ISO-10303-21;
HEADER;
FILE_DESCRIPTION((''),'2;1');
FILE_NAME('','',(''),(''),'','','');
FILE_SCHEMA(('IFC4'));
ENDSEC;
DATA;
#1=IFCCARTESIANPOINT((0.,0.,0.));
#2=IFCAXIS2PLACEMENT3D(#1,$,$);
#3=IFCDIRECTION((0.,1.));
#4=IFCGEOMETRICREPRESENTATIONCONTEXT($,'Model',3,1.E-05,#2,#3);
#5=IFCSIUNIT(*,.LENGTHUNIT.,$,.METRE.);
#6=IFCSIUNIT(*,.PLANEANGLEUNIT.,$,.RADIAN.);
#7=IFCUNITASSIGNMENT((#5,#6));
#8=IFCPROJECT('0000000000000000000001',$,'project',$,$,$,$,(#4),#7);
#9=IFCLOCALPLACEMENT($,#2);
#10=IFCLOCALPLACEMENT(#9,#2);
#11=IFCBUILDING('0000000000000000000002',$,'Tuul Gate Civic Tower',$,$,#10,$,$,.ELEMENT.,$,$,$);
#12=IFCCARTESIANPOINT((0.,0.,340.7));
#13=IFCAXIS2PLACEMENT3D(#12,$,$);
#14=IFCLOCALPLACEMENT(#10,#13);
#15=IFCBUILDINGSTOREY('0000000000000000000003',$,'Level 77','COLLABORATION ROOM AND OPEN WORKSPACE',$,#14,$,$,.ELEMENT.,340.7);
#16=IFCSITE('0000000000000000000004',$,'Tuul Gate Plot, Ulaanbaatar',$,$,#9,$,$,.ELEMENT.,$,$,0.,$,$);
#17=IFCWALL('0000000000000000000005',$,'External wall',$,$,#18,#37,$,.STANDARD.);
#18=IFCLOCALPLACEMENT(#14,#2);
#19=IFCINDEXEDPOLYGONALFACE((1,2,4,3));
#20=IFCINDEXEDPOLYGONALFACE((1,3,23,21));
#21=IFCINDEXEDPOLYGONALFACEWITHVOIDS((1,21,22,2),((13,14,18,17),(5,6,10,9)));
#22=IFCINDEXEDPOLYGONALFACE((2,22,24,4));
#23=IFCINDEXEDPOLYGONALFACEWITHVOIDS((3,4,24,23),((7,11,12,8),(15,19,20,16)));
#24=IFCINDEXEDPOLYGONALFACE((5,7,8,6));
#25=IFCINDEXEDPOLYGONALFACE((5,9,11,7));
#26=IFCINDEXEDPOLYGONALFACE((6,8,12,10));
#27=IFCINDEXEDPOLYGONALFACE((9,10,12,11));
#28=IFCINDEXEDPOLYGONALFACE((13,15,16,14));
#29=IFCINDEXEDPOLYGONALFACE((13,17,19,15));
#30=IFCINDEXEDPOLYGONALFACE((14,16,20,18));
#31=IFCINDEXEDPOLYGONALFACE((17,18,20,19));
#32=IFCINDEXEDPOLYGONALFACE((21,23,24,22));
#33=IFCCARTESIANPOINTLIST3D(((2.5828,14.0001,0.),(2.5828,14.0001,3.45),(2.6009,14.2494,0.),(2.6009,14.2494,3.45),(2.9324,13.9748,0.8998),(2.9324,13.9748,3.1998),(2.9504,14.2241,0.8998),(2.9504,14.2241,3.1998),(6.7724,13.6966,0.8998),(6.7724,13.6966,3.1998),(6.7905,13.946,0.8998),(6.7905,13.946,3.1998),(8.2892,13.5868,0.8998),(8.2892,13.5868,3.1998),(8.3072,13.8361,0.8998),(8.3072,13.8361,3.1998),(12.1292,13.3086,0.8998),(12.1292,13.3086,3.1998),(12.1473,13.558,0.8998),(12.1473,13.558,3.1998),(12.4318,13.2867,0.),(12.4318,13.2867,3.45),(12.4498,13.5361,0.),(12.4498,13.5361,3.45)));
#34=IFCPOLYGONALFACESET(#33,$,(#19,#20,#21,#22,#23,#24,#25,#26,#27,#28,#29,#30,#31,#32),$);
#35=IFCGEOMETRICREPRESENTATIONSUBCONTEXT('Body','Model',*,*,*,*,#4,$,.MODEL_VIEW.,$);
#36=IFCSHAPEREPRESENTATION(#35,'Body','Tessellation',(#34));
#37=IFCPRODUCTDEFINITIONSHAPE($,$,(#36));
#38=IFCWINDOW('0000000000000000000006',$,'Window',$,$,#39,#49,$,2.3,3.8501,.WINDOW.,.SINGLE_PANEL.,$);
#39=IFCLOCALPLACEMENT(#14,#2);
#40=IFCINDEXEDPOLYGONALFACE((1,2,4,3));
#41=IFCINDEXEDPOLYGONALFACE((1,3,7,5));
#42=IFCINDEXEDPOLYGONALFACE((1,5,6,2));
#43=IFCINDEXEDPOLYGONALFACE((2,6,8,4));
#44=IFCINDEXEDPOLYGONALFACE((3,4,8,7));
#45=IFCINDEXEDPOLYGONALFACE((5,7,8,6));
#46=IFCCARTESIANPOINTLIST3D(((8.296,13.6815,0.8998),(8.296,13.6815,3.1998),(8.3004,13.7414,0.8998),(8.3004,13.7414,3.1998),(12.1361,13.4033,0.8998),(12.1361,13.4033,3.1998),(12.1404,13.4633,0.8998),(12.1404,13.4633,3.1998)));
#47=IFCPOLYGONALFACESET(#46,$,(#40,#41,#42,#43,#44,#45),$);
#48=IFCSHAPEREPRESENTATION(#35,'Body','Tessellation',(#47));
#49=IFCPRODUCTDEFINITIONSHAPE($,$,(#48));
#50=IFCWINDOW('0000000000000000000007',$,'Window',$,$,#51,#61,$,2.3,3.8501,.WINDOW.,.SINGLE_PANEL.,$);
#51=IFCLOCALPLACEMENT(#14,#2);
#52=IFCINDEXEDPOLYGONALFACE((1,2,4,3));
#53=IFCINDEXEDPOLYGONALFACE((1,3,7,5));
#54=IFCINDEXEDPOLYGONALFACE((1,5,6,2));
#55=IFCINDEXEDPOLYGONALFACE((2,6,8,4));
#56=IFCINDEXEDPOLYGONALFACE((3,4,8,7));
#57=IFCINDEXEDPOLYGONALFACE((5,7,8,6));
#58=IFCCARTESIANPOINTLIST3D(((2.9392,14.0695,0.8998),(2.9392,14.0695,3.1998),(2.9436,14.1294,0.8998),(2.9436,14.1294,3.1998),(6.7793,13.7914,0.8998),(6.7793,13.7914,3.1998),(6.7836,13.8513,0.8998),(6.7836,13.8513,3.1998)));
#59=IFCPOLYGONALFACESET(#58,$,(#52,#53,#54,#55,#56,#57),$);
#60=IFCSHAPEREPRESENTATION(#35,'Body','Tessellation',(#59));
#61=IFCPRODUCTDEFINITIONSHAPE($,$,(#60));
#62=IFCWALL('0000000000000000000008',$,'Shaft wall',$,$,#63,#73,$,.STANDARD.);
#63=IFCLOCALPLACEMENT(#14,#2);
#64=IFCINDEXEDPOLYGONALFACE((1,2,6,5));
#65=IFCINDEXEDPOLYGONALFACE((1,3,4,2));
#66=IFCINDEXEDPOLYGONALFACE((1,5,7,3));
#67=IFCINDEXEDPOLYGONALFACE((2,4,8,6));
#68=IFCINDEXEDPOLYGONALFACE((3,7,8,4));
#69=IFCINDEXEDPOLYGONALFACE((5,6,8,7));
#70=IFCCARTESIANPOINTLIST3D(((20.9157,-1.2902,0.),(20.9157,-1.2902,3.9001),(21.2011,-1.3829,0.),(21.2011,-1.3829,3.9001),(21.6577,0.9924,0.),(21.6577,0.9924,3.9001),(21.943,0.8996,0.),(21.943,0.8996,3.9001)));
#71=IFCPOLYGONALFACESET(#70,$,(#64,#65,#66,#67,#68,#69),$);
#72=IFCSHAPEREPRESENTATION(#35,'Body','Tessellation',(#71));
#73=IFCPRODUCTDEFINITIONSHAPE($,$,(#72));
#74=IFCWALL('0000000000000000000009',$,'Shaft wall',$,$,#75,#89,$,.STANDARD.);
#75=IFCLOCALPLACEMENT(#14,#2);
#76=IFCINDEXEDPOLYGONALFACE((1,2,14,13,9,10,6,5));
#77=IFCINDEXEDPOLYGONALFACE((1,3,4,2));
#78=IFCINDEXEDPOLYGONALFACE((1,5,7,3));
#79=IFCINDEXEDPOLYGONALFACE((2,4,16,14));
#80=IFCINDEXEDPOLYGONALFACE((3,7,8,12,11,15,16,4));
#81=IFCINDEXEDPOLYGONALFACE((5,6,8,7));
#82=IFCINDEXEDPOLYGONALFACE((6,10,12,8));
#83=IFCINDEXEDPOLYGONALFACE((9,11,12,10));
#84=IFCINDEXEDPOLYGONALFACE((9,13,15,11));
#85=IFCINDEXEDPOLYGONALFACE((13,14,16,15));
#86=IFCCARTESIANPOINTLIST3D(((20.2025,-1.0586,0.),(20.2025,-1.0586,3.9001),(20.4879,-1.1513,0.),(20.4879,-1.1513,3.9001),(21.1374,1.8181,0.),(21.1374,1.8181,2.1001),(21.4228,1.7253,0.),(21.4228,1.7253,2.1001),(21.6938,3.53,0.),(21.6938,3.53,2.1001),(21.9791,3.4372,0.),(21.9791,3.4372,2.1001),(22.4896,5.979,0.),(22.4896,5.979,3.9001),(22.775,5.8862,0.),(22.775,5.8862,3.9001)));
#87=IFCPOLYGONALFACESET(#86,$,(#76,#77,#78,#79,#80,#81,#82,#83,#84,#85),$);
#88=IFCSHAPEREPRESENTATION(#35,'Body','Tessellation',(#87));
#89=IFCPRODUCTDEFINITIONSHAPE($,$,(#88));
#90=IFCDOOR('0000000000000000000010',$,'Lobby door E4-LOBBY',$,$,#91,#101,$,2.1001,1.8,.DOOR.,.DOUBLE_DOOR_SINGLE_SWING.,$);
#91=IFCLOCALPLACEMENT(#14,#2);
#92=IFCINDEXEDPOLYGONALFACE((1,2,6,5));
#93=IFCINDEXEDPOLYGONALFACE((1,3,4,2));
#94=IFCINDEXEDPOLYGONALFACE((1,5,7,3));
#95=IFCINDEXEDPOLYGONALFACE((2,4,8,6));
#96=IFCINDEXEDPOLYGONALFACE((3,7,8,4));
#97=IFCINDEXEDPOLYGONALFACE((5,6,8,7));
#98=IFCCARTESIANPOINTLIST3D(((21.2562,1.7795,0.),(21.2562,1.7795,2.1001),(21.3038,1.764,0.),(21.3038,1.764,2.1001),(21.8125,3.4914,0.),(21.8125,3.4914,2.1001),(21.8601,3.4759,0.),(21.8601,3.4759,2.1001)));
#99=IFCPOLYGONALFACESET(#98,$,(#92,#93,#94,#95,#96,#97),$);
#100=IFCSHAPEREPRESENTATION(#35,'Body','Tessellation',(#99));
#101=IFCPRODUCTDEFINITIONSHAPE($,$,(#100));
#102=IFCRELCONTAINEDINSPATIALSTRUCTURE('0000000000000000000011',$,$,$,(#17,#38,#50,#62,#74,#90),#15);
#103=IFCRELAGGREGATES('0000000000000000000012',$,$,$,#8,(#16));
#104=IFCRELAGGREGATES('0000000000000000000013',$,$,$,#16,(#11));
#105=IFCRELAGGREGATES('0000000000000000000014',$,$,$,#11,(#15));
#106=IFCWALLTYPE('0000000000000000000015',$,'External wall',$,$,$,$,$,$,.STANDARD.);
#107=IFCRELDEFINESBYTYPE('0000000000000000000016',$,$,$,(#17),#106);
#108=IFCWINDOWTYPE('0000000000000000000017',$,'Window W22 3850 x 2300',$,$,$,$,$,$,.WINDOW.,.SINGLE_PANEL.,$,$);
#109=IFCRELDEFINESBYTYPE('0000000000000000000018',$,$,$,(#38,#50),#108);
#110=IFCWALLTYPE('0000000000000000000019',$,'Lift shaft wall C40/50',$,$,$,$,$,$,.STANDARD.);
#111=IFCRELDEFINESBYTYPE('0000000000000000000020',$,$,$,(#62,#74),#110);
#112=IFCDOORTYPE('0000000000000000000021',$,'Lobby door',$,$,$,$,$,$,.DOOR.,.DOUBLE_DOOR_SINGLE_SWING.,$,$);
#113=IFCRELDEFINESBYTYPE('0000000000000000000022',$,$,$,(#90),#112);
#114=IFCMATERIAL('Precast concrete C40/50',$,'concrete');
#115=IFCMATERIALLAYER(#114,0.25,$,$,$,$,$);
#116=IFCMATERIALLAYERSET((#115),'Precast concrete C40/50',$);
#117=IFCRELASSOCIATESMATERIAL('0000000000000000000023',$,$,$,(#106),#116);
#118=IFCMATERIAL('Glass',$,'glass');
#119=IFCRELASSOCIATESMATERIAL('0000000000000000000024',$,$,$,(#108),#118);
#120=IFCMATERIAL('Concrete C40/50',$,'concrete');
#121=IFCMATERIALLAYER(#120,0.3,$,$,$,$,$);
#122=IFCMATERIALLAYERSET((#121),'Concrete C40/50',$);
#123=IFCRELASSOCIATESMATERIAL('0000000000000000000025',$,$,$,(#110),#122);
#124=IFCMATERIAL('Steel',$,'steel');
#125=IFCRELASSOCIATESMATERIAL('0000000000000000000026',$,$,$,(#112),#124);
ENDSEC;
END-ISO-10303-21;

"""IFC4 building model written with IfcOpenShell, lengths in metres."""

from ifc_helpers import new_model, si_unit, direction, frame, frame_2d, origin, place, context, subcontext, project, spatial, rectangle, extrude, material, layer, layer_set, type_object, element, fill, save


model = new_model("IFC4")

# Units and contexts
model_context = context("Model", 3, precision=1e-05, world=origin(), true_north=direction((0.0, 1.0)))
body_context = subcontext(model_context, "Body", "Model", "MODEL_VIEW")
ifc_project = project(units=[si_unit("LENGTHUNIT", "METRE"), si_unit("PLANEANGLEUNIT", "RADIAN")], contexts=[model_context])

# Site, building, storey
site_placement = place(None, origin())
site = spatial("IfcSite", under=ifc_project, at=site_placement, Name="Tuul Gate Plot, Ulaanbaatar", CompositionType="ELEMENT", RefElevation=0.0)
building_placement = place(site_placement, origin())
building = spatial("IfcBuilding", under=site, at=building_placement, Name="Tuul Gate Civic Tower", CompositionType="ELEMENT")
storey_placement = place(building_placement, frame((0.0, 0.0, 340.7)))
storey = spatial("IfcBuildingStorey", under=building, at=storey_placement, Name="Level 77", Description="COLLABORATION ROOM AND OPEN WORKSPACE", CompositionType="ELEMENT", Elevation=340.7)

# Wall, openings, windows
ifc_material_1 = material(Name="Precast concrete C40/50", Category="concrete")
ifc_layer_1 = layer(ifc_material_1, 0.25)
ifc_layer_set_1 = layer_set([ifc_layer_1], Name="Precast concrete C40/50")
wall_type_1 = type_object("IfcWallType", Name="External wall", PredefinedType="STANDARD", material=ifc_layer_set_1)
wall_1_placement = place(storey_placement, frame((12.4409, 13.4114, 0.0), z_axis=(0.0, 0.0, 1.0), x_axis=(-0.997387, 0.072243, 0.0)))
wall_1 = element("IfcWall", 1, at=wall_1_placement, inside=storey, type_object=wall_type_1, Name="External wall", PredefinedType="STANDARD", context=body_context, shape_type="SweptSolid", body=[
    extrude(rectangle(XDim=9.8748, YDim=0.25, at=frame_2d((4.9375, 0.0))), origin(), (0.0, 0.0, 1.0), 3.45),
])
opening_1_placement = place(wall_1_placement, frame((0.3035, 0.0, 0.8999)))
opening_1 = element("IfcOpeningElement", 2, at=opening_1_placement, cuts=wall_1, PredefinedType="OPENING", context=body_context, shape_type="SweptSolid", body=[
    extrude(rectangle(XDim=3.8501, YDim=2.3, at=frame_2d((1.925, 1.1499))), frame((0.0, 0.135, 0.0), z_axis=(0.0, -1.0, 0.0), x_axis=(1.0, 0.0, 0.0)), (0.0, 0.0, 1.0), 0.27),
])
opening_2_placement = place(wall_1_placement, frame((5.6743, 0.0, 0.8999)))
opening_2 = element("IfcOpeningElement", 3, at=opening_2_placement, cuts=wall_1, PredefinedType="OPENING", context=body_context, shape_type="SweptSolid", body=[
    extrude(rectangle(XDim=3.8501, YDim=2.3, at=frame_2d((1.925, 1.1499))), frame((0.0, 0.135, 0.0), z_axis=(0.0, -1.0, 0.0), x_axis=(1.0, 0.0, 0.0)), (0.0, 0.0, 1.0), 0.27),
])
ifc_material_2 = material(Name="Glass", Category="glass")
window_type = type_object("IfcWindowType", Name="Window W22 3850 x 2300", PartitioningType="SINGLE_PANEL", PredefinedType="WINDOW", material=ifc_material_2)
window_1_placement = place(opening_1_placement, origin())
window_1 = element("IfcWindow", 4, at=window_1_placement, inside=storey, type_object=window_type, Name="Window", OverallHeight=2.3, OverallWidth=3.8501, PartitioningType="SINGLE_PANEL", PredefinedType="WINDOW", context=body_context, shape_type="SweptSolid", body=[
    extrude(rectangle(XDim=3.8501, YDim=2.3, at=frame_2d((1.925, 1.1499))), frame((0.0, 0.03, 0.0), z_axis=(0.0, -1.0, 0.0), x_axis=(1.0, 0.0, 0.0)), (0.0, 0.0, 1.0), 0.0601),
])
fill(opening_1, window_1)
window_2_placement = place(opening_2_placement, origin())
window_2 = element("IfcWindow", 5, at=window_2_placement, inside=storey, type_object=window_type, Name="Window", OverallHeight=2.3, OverallWidth=3.8501, PartitioningType="SINGLE_PANEL", PredefinedType="WINDOW", context=body_context, shape_type="SweptSolid", body=[
    extrude(rectangle(XDim=3.8501, YDim=2.3, at=frame_2d((1.925, 1.1499))), frame((0.0, 0.03, 0.0), z_axis=(0.0, -1.0, 0.0), x_axis=(1.0, 0.0, 0.0)), (0.0, 0.0, 1.0), 0.0601),
])
fill(opening_2, window_2)

# Wall
ifc_material_3 = material(Name="Concrete C40/50", Category="concrete")
ifc_layer_2 = layer(ifc_material_3, 0.3)
ifc_layer_set_2 = layer_set([ifc_layer_2], Name="Concrete C40/50")
wall_type_2 = type_object("IfcWallType", Name="Lift shaft wall C40/50", PredefinedType="STANDARD", material=ifc_layer_set_2)
wall_2_placement = place(storey_placement, frame((21.0583, -1.3367, 0.0), z_axis=(0.0, 0.0, 1.0), x_axis=(0.309139, 0.951017, 0.0)))
element("IfcWall", 6, at=wall_2_placement, inside=storey, type_object=wall_type_2, Name="Shaft wall", PredefinedType="STANDARD", context=body_context, shape_type="SweptSolid", body=[
    extrude(rectangle(XDim=2.4001, YDim=0.3, at=frame_2d((1.2002, 0.0))), origin(), (0.0, 0.0, 1.0), 3.9001),
])

# Wall, opening, door
wall_3_placement = place(storey_placement, frame((20.3452, -1.105, 0.0), z_axis=(0.0, 0.0, 1.0), x_axis=(0.309073, 0.951038, 0.0)))
wall_3 = element("IfcWall", 7, at=wall_3_placement, inside=storey, type_object=wall_type_2, Name="Shaft wall", PredefinedType="STANDARD", context=body_context, shape_type="SweptSolid", body=[
    extrude(rectangle(XDim=7.3999, YDim=0.3, at=frame_2d((3.7, 0.0))), origin(), (0.0, 0.0, 1.0), 3.9001),
])
opening_3_placement = place(wall_3_placement, frame((3.0249, 0.0, 0.0)))
opening_3 = element("IfcOpeningElement", 8, at=opening_3_placement, cuts=wall_3, PredefinedType="OPENING", context=body_context, shape_type="SweptSolid", body=[
    extrude(rectangle(XDim=1.8, YDim=2.1001, at=frame_2d((0.8999, 1.05))), frame((0.0, 0.1602, 0.0), z_axis=(0.0, -1.0, 0.0), x_axis=(1.0, 0.0, 0.0)), (0.0, 0.0, 1.0), 0.3201),
])
ifc_material_4 = material(Name="Steel", Category="steel")
door_type_1 = type_object("IfcDoorType", Name="Lobby door", OperationType="DOUBLE_DOOR_SINGLE_SWING", PredefinedType="DOOR", material=ifc_material_4)
door_1_placement = place(opening_3_placement, frame((1.8, 0.0, 0.0), z_axis=(0.0, 0.0, 1.0), x_axis=(-1.0, 0.0, 0.0)))
door_1 = element("IfcDoor", 9, at=door_1_placement, inside=storey, type_object=door_type_1, Name="Lobby door E4-LOBBY", OperationType="DOUBLE_DOOR_SINGLE_SWING", OverallHeight=2.1001, OverallWidth=1.8, PredefinedType="DOOR", context=body_context, shape_type="SweptSolid", body=[
    extrude(rectangle(XDim=1.8, YDim=2.1001, at=frame_2d((0.9001, 1.05))), frame((0.0, 0.0249, 0.0), z_axis=(0.0, -1.0, 0.0), x_axis=(1.0, 0.0, 0.0)), (0.0, 0.0, 1.0), 0.05),
])
fill(opening_3, door_1)

save(model, "model.ifc")
